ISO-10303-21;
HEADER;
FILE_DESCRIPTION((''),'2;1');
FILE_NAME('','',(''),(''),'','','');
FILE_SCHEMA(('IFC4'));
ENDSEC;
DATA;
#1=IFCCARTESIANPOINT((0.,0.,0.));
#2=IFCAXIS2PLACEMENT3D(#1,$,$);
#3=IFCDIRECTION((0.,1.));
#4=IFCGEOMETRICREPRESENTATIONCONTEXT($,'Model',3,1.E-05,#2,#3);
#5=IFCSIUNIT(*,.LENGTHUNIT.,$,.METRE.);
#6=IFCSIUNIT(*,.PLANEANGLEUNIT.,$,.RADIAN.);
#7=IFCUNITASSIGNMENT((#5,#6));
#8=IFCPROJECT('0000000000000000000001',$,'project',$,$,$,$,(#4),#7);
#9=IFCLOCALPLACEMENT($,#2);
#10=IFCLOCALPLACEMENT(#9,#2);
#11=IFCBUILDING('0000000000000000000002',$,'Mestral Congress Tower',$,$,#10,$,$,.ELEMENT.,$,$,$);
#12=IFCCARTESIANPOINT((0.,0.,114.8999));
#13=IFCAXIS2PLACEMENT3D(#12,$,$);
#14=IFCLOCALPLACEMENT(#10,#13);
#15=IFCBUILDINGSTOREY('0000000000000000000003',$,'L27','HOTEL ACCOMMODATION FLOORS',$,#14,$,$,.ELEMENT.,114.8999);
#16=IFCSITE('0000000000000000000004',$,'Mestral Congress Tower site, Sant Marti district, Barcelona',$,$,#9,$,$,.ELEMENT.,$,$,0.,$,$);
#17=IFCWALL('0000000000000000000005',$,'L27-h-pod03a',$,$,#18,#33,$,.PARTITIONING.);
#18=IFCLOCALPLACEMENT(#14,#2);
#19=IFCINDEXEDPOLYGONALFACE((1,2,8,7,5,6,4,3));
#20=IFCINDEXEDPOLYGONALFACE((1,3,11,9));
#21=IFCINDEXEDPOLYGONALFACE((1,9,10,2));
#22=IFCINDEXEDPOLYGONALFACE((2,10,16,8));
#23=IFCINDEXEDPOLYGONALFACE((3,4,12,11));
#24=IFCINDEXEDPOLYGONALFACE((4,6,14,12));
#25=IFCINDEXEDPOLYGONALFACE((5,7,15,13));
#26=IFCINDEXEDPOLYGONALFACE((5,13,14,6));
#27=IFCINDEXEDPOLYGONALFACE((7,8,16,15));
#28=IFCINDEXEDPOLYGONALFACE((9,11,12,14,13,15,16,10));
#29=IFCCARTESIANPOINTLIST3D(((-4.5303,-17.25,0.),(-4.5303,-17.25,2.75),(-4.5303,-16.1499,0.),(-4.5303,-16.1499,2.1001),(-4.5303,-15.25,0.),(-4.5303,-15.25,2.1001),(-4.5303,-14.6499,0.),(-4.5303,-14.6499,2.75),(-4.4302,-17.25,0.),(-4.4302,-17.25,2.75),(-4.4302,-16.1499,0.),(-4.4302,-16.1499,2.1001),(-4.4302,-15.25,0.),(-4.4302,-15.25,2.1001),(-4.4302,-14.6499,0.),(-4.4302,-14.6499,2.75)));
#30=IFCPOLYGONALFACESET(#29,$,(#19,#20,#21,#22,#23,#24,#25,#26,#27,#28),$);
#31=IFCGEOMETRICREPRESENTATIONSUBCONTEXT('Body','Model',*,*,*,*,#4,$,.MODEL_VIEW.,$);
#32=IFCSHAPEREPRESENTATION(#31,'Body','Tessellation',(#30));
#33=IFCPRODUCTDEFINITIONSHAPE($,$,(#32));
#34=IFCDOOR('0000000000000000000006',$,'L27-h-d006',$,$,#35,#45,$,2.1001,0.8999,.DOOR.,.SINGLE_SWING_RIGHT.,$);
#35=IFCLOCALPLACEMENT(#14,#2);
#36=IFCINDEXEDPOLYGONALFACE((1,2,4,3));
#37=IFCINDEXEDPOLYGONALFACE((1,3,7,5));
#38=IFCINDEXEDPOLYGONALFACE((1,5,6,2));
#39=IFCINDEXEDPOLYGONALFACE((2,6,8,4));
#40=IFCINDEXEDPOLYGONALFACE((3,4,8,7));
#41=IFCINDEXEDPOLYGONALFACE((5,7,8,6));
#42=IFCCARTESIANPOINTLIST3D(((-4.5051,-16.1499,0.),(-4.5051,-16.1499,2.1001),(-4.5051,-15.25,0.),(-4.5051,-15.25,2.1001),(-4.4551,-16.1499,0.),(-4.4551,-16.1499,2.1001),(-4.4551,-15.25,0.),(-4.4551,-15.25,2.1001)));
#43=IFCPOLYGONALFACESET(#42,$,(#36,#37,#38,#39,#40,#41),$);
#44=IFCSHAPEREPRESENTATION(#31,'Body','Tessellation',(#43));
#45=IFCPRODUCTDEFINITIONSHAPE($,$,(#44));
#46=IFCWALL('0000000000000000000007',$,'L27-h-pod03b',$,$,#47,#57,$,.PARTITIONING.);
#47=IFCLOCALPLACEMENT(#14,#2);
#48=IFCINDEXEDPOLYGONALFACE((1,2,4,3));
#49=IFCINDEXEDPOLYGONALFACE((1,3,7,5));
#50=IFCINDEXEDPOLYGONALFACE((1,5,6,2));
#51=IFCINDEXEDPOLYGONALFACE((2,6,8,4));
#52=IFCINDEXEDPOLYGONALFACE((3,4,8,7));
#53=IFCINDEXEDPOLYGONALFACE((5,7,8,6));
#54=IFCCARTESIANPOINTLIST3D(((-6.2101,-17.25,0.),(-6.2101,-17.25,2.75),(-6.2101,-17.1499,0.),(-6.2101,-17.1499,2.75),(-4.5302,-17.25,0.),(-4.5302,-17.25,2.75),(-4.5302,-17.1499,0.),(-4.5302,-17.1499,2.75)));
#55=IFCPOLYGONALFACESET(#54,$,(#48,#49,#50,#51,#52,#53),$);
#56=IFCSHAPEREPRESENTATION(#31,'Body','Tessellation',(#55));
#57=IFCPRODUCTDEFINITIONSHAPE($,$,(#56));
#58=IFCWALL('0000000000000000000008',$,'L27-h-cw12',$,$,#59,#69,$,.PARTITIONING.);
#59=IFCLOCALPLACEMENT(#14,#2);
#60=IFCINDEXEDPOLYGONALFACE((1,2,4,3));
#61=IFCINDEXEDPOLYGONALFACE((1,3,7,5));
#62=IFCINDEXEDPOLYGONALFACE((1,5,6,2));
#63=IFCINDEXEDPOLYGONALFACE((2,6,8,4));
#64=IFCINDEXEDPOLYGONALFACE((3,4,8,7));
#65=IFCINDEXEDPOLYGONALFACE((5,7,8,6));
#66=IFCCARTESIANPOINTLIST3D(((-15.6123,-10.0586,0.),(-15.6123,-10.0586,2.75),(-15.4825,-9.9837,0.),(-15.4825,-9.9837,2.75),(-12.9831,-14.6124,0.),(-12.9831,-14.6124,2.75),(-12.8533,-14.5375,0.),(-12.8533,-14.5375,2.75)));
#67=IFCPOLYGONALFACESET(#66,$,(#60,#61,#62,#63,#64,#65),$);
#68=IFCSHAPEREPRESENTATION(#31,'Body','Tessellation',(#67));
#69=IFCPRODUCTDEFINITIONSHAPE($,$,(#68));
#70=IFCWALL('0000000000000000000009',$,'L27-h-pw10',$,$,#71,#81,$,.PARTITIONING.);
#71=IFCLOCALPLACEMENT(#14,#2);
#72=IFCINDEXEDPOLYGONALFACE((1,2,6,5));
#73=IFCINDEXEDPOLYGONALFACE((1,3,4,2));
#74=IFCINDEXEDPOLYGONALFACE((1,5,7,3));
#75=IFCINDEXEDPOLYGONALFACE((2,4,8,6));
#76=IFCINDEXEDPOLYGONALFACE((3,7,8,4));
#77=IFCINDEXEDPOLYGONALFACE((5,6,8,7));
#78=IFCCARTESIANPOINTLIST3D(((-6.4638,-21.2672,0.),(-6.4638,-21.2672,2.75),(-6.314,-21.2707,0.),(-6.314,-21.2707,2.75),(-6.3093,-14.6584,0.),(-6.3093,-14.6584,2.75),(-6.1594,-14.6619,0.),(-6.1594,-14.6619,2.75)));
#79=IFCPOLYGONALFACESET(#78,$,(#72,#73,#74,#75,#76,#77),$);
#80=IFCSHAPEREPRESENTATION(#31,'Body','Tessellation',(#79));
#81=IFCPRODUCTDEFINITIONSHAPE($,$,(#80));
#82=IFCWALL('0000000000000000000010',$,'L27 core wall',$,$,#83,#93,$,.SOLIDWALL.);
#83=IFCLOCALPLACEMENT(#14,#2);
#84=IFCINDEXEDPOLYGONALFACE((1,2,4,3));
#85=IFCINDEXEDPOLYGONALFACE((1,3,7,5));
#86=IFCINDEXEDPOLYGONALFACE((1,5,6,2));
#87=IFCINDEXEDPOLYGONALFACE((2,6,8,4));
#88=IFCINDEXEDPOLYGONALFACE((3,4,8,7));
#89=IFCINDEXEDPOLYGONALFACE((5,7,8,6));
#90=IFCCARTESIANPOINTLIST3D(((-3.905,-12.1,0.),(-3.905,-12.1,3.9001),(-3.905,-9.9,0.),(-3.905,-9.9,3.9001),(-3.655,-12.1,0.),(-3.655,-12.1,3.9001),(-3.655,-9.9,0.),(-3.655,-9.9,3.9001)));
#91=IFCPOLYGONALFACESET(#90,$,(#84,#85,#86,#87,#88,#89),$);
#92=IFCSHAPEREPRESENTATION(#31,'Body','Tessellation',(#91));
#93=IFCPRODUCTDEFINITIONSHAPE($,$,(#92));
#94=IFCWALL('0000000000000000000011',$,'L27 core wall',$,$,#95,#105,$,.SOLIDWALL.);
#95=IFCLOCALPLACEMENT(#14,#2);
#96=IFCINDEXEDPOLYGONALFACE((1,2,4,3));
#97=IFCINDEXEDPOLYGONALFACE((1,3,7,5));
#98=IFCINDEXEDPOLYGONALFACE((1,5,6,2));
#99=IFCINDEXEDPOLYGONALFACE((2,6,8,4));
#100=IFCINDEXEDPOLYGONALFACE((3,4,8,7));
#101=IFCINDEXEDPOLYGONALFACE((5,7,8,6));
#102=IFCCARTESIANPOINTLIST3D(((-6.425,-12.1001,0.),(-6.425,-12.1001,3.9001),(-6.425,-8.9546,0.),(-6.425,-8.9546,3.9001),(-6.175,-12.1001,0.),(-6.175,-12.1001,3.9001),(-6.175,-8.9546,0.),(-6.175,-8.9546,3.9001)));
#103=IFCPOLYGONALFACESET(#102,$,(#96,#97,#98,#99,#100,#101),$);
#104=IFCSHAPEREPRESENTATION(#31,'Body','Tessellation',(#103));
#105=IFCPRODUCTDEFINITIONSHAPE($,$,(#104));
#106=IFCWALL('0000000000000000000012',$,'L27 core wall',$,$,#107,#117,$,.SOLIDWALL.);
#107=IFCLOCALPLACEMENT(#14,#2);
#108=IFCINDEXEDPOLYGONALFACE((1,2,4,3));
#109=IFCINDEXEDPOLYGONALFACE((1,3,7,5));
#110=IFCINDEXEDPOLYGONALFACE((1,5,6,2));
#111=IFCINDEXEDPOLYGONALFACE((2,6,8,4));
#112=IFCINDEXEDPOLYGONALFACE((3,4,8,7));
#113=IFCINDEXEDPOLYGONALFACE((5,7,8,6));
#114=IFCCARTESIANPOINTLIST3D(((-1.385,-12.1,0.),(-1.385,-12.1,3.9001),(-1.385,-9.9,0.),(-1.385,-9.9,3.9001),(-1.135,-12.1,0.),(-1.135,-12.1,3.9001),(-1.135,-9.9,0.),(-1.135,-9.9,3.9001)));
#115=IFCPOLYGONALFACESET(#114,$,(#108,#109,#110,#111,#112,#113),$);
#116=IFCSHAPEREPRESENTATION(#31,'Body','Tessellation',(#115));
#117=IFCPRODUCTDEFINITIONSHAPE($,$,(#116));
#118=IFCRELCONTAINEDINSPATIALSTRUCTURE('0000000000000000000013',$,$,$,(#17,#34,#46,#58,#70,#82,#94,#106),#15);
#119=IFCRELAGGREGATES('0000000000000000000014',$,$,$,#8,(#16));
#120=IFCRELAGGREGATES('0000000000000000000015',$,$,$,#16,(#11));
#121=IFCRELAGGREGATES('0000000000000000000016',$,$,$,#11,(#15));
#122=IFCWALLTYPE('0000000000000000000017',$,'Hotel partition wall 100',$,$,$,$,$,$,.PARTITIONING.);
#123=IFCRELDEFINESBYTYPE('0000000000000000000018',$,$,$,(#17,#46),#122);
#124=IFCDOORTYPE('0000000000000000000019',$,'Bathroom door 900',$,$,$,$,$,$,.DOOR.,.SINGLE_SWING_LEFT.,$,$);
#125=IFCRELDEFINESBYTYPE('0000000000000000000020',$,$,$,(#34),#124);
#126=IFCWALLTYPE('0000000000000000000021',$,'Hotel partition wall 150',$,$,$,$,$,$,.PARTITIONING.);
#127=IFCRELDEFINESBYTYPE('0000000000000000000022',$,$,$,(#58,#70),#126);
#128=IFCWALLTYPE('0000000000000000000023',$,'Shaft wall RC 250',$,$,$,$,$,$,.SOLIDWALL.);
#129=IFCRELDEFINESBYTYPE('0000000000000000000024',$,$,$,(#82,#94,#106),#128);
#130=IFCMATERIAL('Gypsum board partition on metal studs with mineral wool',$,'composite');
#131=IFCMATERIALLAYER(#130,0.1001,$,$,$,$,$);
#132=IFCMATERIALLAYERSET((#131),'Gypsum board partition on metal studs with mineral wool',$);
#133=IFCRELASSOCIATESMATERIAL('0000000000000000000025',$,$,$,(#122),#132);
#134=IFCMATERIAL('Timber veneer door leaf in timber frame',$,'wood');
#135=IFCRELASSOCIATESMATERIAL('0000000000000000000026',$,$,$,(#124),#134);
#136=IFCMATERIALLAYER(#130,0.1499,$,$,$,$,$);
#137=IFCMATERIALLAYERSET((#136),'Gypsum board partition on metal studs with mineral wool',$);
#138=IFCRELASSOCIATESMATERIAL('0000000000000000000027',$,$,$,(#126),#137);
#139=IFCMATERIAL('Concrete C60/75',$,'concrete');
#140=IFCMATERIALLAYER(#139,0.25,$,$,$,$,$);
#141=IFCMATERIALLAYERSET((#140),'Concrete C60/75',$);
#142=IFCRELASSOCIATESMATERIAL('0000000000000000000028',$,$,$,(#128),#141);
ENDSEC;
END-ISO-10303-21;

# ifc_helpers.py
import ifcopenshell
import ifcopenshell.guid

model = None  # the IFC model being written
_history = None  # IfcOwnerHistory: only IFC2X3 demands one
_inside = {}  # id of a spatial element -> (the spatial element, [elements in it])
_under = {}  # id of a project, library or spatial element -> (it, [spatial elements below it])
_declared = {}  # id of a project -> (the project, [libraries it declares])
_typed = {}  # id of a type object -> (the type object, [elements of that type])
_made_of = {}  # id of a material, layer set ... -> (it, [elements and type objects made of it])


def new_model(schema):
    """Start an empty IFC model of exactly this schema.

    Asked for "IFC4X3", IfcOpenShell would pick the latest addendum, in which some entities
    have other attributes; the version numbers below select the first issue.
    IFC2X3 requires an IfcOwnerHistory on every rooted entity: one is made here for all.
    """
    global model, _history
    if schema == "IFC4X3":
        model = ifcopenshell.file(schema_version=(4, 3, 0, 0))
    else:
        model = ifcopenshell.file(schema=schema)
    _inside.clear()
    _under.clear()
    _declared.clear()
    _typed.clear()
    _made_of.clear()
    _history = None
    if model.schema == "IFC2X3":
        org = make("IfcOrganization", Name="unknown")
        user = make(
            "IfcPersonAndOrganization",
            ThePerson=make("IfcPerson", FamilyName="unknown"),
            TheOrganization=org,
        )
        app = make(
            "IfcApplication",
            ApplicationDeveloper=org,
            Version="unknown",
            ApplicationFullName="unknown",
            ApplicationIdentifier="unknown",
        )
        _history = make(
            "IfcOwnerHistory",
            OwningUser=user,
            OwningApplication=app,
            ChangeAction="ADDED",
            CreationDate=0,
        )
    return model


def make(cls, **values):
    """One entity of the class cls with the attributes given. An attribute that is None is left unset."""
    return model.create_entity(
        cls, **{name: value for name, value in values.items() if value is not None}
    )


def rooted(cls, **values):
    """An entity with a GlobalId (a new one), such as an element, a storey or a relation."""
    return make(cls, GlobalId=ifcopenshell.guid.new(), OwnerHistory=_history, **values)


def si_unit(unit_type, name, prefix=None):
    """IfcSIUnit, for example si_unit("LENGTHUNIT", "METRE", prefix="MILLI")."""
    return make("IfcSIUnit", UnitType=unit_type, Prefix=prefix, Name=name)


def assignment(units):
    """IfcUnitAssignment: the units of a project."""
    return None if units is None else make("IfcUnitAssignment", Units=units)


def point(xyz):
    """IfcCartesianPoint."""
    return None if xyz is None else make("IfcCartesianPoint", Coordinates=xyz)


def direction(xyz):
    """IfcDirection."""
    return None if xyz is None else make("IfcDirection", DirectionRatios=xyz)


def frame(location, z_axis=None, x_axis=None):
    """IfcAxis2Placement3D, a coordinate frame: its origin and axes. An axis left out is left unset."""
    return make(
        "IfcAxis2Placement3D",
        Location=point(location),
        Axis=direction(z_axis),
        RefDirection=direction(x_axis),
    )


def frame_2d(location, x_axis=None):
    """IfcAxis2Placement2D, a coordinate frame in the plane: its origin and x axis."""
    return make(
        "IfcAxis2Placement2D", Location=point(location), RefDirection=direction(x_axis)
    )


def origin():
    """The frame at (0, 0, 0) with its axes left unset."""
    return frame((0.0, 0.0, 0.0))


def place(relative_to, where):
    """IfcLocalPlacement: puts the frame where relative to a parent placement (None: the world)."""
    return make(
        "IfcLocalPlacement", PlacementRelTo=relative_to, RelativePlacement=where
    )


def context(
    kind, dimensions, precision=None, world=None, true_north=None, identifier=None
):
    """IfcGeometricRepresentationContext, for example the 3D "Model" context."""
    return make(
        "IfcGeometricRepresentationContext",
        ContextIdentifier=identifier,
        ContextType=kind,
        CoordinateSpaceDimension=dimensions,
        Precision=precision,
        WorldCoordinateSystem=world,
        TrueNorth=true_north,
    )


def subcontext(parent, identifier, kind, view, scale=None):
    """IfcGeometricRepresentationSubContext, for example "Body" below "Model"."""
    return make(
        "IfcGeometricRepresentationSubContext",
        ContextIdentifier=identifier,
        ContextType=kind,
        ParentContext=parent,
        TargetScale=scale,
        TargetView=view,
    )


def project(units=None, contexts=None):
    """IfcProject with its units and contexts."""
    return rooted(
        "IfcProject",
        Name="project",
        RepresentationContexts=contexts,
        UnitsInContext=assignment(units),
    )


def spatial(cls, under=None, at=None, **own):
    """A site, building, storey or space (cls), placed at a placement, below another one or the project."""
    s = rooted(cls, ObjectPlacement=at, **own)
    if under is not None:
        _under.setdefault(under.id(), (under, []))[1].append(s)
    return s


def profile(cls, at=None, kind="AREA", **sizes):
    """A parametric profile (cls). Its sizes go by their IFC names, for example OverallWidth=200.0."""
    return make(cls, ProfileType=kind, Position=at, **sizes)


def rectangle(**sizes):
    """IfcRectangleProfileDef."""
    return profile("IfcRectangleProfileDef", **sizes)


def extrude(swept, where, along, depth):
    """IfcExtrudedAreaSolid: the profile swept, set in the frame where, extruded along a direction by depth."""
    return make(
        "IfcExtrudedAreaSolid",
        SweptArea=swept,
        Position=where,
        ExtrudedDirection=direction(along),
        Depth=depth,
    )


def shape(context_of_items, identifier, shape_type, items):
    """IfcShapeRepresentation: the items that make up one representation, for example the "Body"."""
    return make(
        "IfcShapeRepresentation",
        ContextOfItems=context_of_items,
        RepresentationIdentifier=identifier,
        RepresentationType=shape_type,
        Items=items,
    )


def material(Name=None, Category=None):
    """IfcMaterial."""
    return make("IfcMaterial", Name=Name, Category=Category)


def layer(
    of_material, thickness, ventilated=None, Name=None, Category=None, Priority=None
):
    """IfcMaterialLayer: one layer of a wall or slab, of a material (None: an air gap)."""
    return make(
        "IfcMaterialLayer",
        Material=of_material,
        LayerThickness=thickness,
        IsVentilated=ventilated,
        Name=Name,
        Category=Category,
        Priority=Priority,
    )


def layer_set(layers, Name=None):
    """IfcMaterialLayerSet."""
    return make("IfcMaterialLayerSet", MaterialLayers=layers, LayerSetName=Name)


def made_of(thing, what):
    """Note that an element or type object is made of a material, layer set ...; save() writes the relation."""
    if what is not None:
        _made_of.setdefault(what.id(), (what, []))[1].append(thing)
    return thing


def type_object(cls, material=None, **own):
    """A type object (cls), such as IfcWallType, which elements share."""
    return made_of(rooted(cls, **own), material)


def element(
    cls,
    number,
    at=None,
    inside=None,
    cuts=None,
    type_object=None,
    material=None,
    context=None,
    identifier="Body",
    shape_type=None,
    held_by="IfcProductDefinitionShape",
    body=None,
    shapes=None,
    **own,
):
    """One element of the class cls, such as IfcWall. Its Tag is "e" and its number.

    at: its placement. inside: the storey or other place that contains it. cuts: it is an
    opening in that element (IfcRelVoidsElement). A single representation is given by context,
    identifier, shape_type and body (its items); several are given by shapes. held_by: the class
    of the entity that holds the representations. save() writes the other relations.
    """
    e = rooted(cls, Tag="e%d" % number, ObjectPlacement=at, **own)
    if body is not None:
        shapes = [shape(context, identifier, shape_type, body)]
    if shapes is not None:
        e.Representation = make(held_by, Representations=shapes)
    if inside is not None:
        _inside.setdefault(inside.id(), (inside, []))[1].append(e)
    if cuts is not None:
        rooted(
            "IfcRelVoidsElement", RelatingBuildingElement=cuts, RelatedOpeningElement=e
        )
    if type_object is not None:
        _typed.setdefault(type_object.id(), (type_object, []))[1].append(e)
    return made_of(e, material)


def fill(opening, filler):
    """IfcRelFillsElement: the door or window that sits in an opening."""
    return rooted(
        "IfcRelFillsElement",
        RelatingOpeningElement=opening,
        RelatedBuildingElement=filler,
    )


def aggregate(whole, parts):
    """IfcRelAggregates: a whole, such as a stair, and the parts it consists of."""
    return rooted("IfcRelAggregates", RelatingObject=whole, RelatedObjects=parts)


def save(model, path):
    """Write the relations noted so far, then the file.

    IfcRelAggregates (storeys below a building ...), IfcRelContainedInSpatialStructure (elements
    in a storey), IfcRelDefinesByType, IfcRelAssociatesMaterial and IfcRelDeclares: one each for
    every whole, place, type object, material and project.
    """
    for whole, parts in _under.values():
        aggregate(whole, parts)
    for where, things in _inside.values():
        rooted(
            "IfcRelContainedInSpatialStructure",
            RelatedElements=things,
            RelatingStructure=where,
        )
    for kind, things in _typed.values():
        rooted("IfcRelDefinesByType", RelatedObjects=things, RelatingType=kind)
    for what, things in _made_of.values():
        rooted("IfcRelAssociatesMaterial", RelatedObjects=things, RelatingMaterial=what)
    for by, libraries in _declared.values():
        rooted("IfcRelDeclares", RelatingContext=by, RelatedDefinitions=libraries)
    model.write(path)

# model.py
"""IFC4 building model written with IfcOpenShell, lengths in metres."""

from ifc_helpers import new_model, si_unit, direction, frame, frame_2d, origin, place, context, subcontext, project, spatial, rectangle, extrude, material, layer, layer_set, type_object, element, fill, save


model = new_model("IFC4")

# Units and contexts
model_context = context("Model", 3, precision=1e-05, world=origin(), true_north=direction((0.0, 1.0)))
body_context = subcontext(model_context, "Body", "Model", "MODEL_VIEW")
ifc_project = project(units=[si_unit("LENGTHUNIT", "METRE"), si_unit("PLANEANGLEUNIT", "RADIAN")], contexts=[model_context])

# Site, building, storey
site_placement = place(None, origin())
site = spatial("IfcSite", under=ifc_project, at=site_placement, Name="Mestral Congress Tower site, Sant Marti district, Barcelona", CompositionType="ELEMENT", RefElevation=0.0)
building_placement = place(site_placement, origin())
building = spatial("IfcBuilding", under=site, at=building_placement, Name="Mestral Congress Tower", CompositionType="ELEMENT")
storey_placement = place(building_placement, frame((0.0, 0.0, 114.8999)))
storey = spatial("IfcBuildingStorey", under=building, at=storey_placement, Name="L27", Description="HOTEL ACCOMMODATION FLOORS", CompositionType="ELEMENT", Elevation=114.8999)

# Shared definitions
ifc_material_1 = material(Name="Concrete C60/75", Category="concrete")

# Shared definitions
ifc_material_2 = material(Name="Gypsum board partition on metal studs with mineral wool", Category="composite")
ifc_layer_1 = layer(ifc_material_2, 0.1001)
ifc_layer_set_1 = layer_set([ifc_layer_1], Name="Gypsum board partition on metal studs with mineral wool")
wall_type_1 = type_object("IfcWallType", Name="Hotel partition wall 100", PredefinedType="PARTITIONING", material=ifc_layer_set_1)
ifc_material_3 = material(Name="Timber veneer door leaf in timber frame", Category="wood")
door_type = type_object("IfcDoorType", Name="Bathroom door 900", OperationType="SINGLE_SWING_LEFT", PredefinedType="DOOR", material=ifc_material_3)

# Wall, opening, door
wall_1_placement = place(storey_placement, frame((-4.4802, -17.25, 0.0), z_axis=(0.0, 0.0, 1.0), x_axis=(0.0, 1.0, 0.0)))
wall_1 = element("IfcWall", 1, at=wall_1_placement, inside=storey, type_object=wall_type_1, Name="L27-h-pod03a", PredefinedType="PARTITIONING", context=body_context, shape_type="SweptSolid", body=[
    extrude(rectangle(XDim=2.6001, YDim=0.1001, at=frame_2d((1.3, 0.0))), origin(), (0.0, 0.0, 1.0), 2.75),
])
opening_1_placement = place(wall_1_placement, frame((1.1001, 0.0, 0.0)))
opening_1 = element("IfcOpeningElement", 2, at=opening_1_placement, cuts=wall_1, PredefinedType="OPENING", context=body_context, shape_type="SweptSolid", body=[
    extrude(rectangle(XDim=0.8999, YDim=2.1001, at=frame_2d((0.45, 1.05))), frame((0.0, 0.0601, 0.0), z_axis=(0.0, -1.0, 0.0), x_axis=(1.0, 0.0, 0.0)), (0.0, 0.0, 1.0), 0.1201),
])
door_1_placement = place(opening_1_placement, origin())
door_1 = element("IfcDoor", 3, at=door_1_placement, inside=storey, type_object=door_type, Name="L27-h-d006", OperationType="SINGLE_SWING_RIGHT", OverallHeight=2.1001, OverallWidth=0.8999, PredefinedType="DOOR", context=body_context, shape_type="SweptSolid", body=[
    extrude(rectangle(XDim=0.8999, YDim=2.1001, at=frame_2d((0.45, 1.05))), frame((0.0, 0.0249, 0.0), z_axis=(0.0, -1.0, 0.0), x_axis=(1.0, 0.0, 0.0)), (0.0, 0.0, 1.0), 0.05),
])
fill(opening_1, door_1)

# Walls
wall_2_placement = place(storey_placement, frame((-4.5303, -17.2, 0.0), z_axis=(0.0, 0.0, 1.0), x_axis=(-1.0, 0.0, 0.0)))
element("IfcWall", 4, at=wall_2_placement, inside=storey, type_object=wall_type_1, Name="L27-h-pod03b", PredefinedType="PARTITIONING", context=body_context, shape_type="SweptSolid", body=[
    extrude(rectangle(XDim=1.6799, YDim=0.1001, at=frame_2d((0.8398, 0.0))), origin(), (0.0, 0.0, 1.0), 2.75),
])
ifc_layer_2 = layer(ifc_material_2, 0.1499)
ifc_layer_set_2 = layer_set([ifc_layer_2], Name="Gypsum board partition on metal studs with mineral wool")
wall_type_2 = type_object("IfcWallType", Name="Hotel partition wall 150", PredefinedType="PARTITIONING", material=ifc_layer_set_2)
wall_3_placement = place(storey_placement, frame((-12.9182, -14.575, 0.0), z_axis=(0.0, 0.0, 1.0), x_axis=(-0.500009, 0.86602, 0.0)))
element("IfcWall", 5, at=wall_3_placement, inside=storey, type_object=wall_type_2, Name="L27-h-cw12", PredefinedType="PARTITIONING", context=body_context, shape_type="SweptSolid", body=[
    extrude(rectangle(XDim=5.2583, YDim=0.1499, at=frame_2d((2.6292, 0.0))), origin(), (0.0, 0.0, 1.0), 2.75),
])
wall_4_placement = place(storey_placement, frame((-6.3889, -21.2688, 0.0), z_axis=(0.0, 0.0, 1.0), x_axis=(0.023377, 0.999727, 0.0)))
element("IfcWall", 6, at=wall_4_placement, inside=storey, type_object=wall_type_2, Name="L27-h-pw10", PredefinedType="PARTITIONING", context=body_context, shape_type="SweptSolid", body=[
    extrude(rectangle(XDim=6.6106, YDim=0.1499, at=frame_2d((3.3052, 0.0))), origin(), (0.0, 0.0, 1.0), 2.75),
])
ifc_layer_3 = layer(ifc_material_1, 0.25)
ifc_layer_set_3 = layer_set([ifc_layer_3], Name="Concrete C60/75")
wall_type_3 = type_object("IfcWallType", Name="Shaft wall RC 250", PredefinedType="SOLIDWALL", material=ifc_layer_set_3)
wall_5_placement = place(storey_placement, frame((-3.78, -12.1001, 0.0), z_axis=(0.0, 0.0, 1.0), x_axis=(0.0, 1.0, 0.0)))
element("IfcWall", 7, at=wall_5_placement, inside=storey, type_object=wall_type_3, Name="L27 core wall", PredefinedType="SOLIDWALL", context=body_context, shape_type="SweptSolid", body=[
    extrude(rectangle(XDim=2.2, YDim=0.25, at=frame_2d((1.1001, 0.0))), origin(), (0.0, 0.0, 1.0), 3.9001),
])
wall_6_placement = place(storey_placement, frame((-6.3, -12.1001, 0.0), z_axis=(0.0, 0.0, 1.0), x_axis=(0.0, 1.0, 0.0)))
element("IfcWall", 8, at=wall_6_placement, inside=storey, type_object=wall_type_3, Name="L27 core wall", PredefinedType="SOLIDWALL", context=body_context, shape_type="SweptSolid", body=[
    extrude(rectangle(XDim=3.1455, YDim=0.25, at=frame_2d((1.5728, 0.0))), origin(), (0.0, 0.0, 1.0), 3.9001),
])
wall_7_placement = place(storey_placement, frame((-1.26, -12.1001, 0.0), z_axis=(0.0, 0.0, 1.0), x_axis=(0.0, 1.0, 0.0)))
element("IfcWall", 9, at=wall_7_placement, inside=storey, type_object=wall_type_3, Name="L27 core wall", PredefinedType="SOLIDWALL", context=body_context, shape_type="SweptSolid", body=[
    extrude(rectangle(XDim=2.2, YDim=0.25, at=frame_2d((1.1001, 0.0))), origin(), (0.0, 0.0, 1.0), 3.9001),
])

save(model, "model.ifc")
